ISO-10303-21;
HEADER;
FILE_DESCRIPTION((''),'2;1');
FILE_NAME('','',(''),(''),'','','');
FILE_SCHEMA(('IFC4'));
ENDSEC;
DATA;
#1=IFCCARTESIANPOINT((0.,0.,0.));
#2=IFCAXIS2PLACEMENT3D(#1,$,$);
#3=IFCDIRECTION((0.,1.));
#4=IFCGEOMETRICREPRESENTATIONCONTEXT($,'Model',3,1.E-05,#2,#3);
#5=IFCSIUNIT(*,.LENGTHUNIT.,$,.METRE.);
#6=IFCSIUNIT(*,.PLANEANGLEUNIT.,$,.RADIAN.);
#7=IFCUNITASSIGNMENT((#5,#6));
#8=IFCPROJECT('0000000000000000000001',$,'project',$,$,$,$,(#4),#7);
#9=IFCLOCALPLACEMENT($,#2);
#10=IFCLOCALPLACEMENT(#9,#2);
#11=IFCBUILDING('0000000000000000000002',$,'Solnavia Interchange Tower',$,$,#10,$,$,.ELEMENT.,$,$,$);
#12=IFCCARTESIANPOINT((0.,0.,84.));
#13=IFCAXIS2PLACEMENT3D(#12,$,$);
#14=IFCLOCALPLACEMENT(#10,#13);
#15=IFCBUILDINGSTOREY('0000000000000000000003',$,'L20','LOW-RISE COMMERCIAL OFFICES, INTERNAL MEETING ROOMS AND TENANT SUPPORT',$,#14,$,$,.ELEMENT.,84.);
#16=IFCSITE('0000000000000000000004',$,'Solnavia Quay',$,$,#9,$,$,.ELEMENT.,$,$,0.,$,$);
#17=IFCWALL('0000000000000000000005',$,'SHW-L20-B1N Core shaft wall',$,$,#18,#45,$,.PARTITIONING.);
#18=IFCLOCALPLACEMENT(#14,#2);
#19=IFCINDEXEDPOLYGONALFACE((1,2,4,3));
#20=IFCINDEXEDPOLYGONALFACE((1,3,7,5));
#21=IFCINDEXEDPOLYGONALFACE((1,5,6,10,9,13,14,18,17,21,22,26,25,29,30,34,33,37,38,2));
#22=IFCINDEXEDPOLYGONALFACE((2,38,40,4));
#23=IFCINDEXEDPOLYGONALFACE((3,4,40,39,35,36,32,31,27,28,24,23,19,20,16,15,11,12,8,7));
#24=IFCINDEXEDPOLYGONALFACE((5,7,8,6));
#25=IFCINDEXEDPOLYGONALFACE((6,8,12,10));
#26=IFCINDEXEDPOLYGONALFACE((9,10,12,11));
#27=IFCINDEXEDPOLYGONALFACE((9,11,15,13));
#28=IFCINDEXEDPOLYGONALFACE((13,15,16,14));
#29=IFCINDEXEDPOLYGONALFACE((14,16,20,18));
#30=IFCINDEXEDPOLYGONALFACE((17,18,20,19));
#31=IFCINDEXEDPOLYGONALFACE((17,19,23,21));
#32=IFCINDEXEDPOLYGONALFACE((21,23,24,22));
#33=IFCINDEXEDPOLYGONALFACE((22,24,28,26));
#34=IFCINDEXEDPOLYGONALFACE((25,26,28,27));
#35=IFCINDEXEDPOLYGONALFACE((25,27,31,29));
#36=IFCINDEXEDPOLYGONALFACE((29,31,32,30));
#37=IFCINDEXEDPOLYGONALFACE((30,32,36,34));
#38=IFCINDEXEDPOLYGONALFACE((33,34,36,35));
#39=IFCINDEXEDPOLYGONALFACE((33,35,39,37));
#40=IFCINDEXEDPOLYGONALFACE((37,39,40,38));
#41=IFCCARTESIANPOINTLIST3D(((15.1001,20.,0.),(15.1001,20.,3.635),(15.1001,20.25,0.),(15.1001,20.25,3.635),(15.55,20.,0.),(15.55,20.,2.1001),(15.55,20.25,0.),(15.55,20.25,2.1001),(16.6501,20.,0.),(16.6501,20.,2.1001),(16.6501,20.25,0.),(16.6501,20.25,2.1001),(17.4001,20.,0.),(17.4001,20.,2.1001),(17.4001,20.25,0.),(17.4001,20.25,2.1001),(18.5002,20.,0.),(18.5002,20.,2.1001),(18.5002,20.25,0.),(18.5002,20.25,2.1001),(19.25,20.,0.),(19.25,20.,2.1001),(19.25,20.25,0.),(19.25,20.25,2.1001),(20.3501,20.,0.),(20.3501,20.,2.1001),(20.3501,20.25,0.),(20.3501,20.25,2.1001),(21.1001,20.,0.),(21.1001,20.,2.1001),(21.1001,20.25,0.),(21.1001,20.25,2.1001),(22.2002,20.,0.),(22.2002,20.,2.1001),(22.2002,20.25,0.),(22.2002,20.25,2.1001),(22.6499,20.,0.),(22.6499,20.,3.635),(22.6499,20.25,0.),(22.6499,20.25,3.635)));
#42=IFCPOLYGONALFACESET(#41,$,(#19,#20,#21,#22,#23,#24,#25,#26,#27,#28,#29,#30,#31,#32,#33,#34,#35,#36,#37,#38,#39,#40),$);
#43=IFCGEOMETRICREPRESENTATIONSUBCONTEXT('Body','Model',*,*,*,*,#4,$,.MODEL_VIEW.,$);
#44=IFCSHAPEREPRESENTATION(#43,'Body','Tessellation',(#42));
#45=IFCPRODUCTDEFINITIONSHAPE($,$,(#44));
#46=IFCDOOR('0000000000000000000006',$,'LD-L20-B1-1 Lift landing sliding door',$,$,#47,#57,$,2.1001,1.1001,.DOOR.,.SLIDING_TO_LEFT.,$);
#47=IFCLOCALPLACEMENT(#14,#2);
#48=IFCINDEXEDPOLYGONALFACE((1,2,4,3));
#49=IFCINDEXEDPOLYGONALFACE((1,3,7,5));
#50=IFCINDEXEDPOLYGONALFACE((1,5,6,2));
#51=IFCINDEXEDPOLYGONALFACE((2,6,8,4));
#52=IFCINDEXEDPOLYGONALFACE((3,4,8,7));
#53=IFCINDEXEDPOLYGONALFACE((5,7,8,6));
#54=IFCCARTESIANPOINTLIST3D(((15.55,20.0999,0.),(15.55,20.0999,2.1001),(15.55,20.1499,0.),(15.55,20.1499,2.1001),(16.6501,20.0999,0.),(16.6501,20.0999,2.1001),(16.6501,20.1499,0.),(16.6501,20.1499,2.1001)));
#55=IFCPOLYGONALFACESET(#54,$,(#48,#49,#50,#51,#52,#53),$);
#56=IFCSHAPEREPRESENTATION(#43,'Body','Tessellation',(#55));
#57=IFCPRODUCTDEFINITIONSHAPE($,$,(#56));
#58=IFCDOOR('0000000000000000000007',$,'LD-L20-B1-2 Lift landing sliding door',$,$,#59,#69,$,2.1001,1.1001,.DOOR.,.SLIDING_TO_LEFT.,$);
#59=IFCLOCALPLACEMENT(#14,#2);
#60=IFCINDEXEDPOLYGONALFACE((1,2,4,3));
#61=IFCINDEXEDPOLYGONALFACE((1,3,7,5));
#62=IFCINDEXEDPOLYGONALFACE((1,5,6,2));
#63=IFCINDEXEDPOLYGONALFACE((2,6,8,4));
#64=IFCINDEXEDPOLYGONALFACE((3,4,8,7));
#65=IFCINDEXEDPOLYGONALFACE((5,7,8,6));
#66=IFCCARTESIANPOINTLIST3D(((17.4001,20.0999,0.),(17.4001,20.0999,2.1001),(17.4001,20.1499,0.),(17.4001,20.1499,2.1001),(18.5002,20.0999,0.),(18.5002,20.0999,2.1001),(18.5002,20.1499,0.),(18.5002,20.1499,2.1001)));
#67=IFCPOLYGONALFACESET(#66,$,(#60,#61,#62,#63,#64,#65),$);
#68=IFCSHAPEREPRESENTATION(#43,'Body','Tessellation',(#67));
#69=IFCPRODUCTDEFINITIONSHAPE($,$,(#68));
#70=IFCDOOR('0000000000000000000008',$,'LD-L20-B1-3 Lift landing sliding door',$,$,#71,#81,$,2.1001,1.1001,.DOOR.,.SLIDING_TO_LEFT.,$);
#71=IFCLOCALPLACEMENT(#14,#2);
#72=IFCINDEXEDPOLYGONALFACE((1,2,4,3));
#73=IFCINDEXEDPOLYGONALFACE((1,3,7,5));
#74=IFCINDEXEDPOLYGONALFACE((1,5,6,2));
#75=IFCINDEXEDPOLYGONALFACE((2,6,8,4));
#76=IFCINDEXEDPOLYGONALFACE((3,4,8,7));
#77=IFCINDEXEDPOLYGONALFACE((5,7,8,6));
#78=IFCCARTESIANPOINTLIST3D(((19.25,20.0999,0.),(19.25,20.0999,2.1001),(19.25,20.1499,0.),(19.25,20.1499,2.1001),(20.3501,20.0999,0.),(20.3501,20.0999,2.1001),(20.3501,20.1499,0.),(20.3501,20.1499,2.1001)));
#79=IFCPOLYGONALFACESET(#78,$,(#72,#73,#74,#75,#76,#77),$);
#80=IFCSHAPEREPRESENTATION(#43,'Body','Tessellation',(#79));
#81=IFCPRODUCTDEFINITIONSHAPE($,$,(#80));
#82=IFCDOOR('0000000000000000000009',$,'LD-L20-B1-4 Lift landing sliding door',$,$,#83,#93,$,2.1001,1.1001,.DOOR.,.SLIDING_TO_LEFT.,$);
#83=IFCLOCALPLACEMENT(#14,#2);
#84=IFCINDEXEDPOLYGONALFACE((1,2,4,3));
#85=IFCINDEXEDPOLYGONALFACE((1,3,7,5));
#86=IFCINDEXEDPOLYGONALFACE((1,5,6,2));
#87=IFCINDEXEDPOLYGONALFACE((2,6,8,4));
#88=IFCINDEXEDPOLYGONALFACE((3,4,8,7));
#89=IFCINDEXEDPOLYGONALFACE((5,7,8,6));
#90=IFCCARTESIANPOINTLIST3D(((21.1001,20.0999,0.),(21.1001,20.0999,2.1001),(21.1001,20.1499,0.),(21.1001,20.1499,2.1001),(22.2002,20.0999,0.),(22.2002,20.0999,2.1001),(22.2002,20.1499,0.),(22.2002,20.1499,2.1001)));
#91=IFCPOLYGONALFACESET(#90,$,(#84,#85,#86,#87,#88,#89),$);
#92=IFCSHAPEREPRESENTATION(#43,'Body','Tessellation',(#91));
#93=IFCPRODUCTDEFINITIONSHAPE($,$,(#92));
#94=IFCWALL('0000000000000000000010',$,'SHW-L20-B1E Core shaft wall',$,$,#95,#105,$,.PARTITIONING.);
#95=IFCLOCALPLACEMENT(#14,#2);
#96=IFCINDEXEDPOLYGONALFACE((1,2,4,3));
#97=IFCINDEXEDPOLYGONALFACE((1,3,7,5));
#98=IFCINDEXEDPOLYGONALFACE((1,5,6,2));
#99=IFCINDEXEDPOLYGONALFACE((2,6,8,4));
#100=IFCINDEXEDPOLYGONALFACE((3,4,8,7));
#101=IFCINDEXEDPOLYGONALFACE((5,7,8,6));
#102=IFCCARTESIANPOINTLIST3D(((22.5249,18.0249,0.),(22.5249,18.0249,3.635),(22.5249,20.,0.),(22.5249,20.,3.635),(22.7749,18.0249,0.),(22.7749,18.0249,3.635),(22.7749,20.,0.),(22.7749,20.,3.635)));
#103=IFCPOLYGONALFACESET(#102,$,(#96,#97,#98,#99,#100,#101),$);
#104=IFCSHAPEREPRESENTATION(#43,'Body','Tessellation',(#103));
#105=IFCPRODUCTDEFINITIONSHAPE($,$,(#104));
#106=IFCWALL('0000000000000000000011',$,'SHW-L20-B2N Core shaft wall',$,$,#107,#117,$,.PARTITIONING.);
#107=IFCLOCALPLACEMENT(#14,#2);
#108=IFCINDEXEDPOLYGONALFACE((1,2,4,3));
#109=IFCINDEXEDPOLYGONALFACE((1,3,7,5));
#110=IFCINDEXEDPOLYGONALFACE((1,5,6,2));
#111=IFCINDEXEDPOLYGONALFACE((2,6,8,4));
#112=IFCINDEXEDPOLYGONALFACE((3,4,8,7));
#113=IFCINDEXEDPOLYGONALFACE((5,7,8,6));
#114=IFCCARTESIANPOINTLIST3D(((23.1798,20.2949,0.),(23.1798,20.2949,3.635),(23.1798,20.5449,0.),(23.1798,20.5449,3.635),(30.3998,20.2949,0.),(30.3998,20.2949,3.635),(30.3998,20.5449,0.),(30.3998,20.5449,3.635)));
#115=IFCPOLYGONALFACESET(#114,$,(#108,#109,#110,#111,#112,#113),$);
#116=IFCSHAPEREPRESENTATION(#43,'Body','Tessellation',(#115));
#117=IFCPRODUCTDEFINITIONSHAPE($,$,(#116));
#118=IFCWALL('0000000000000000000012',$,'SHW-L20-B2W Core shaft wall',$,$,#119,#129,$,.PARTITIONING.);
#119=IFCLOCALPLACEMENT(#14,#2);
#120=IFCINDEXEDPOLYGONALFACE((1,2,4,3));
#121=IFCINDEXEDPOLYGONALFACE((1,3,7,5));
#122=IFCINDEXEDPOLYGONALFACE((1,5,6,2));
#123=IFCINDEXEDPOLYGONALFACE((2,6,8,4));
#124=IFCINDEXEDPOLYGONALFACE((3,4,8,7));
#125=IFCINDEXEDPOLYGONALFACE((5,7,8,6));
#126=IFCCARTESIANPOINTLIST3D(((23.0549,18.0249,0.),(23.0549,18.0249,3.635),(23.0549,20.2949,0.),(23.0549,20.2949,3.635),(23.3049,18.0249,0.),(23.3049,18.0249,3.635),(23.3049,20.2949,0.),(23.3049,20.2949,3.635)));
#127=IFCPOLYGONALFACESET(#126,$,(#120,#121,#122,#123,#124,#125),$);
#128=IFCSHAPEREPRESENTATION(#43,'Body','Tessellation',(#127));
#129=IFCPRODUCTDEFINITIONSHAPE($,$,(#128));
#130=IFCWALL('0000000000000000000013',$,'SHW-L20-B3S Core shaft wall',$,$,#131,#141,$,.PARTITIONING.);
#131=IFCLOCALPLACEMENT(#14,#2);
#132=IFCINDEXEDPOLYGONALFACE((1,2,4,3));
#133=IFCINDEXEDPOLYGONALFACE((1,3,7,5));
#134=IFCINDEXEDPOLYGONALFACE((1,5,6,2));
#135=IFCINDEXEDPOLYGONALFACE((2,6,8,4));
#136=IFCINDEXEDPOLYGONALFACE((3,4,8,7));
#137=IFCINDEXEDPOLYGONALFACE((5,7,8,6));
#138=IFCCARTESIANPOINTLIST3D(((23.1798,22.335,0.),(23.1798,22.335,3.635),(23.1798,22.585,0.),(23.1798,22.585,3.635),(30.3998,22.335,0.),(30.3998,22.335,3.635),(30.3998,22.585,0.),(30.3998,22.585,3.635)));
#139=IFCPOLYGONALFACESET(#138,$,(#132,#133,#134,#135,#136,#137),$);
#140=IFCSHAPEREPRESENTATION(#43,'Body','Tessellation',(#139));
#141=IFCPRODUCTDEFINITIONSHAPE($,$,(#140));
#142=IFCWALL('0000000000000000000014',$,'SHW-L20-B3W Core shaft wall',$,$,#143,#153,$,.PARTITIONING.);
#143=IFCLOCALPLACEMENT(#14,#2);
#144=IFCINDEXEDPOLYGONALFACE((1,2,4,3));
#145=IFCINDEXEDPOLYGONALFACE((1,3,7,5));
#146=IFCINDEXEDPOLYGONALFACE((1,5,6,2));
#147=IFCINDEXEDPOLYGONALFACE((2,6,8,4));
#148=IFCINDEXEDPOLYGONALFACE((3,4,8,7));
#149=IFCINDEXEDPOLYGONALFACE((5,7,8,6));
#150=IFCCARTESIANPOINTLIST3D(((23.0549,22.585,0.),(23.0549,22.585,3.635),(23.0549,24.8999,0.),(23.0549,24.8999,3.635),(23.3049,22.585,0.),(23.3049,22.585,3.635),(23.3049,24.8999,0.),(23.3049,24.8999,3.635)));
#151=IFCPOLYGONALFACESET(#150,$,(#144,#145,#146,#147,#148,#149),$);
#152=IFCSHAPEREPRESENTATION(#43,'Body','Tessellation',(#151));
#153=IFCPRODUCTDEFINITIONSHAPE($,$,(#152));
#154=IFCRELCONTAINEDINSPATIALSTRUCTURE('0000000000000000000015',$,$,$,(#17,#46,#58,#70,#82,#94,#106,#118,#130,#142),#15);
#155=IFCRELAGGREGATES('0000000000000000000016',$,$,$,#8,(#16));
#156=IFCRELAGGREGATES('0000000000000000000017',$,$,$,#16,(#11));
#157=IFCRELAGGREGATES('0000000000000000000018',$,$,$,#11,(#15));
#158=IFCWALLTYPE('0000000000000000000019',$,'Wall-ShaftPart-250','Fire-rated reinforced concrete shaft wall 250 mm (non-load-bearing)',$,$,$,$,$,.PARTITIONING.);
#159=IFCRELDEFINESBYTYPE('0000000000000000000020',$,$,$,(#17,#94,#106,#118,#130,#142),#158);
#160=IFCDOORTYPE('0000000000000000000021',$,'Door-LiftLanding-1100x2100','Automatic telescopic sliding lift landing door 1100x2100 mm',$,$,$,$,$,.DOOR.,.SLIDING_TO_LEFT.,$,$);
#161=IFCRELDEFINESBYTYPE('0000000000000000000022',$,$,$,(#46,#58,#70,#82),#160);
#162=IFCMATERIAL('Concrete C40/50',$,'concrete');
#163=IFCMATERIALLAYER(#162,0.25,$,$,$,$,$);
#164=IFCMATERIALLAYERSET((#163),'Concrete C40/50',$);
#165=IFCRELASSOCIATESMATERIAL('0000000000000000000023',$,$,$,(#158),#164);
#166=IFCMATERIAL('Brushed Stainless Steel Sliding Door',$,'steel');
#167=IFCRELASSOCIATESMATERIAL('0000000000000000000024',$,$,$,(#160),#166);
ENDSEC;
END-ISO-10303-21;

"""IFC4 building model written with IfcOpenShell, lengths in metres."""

from ifc_helpers import new_model, si_unit, direction, frame, frame_2d, origin, place, context, subcontext, project, spatial, rectangle, extrude, material, layer, layer_set, type_object, element, fill, save


model = new_model("IFC4")

# Units and contexts
model_context = context("Model", 3, precision=1e-05, world=origin(), true_north=direction((0.0, 1.0)))
body_context = subcontext(model_context, "Body", "Model", "MODEL_VIEW")
ifc_project = project(units=[si_unit("LENGTHUNIT", "METRE"), si_unit("PLANEANGLEUNIT", "RADIAN")], contexts=[model_context])

# Site, building, storey
site_placement = place(None, origin())
site = spatial("IfcSite", under=ifc_project, at=site_placement, Name="Solnavia Quay", CompositionType="ELEMENT", RefElevation=0.0)
building_placement = place(site_placement, origin())
building = spatial("IfcBuilding", under=site, at=building_placement, Name="Solnavia Interchange Tower", CompositionType="ELEMENT")
storey_placement = place(building_placement, frame((0.0, 0.0, 84.0)))
storey = spatial("IfcBuildingStorey", under=building, at=storey_placement, Name="L20", Description="LOW-RISE COMMERCIAL OFFICES, INTERNAL MEETING ROOMS AND TENANT SUPPORT", CompositionType="ELEMENT", Elevation=84.0)

# Shared definitions
ifc_material_1 = material(Name="Concrete C40/50", Category="concrete")

# Shared definitions
ifc_layer_1 = layer(ifc_material_1, 0.25)
ifc_layer_set_1 = layer_set([ifc_layer_1], Name="Concrete C40/50")
wall_type_1 = type_object("IfcWallType", Name="Wall-ShaftPart-250", Description="Fire-rated reinforced concrete shaft wall 250 mm (non-load-bearing)", PredefinedType="PARTITIONING", material=ifc_layer_set_1)
ifc_material_2 = material(Name="Brushed Stainless Steel Sliding Door", Category="steel")
door_type_1 = type_object("IfcDoorType", Name="Door-LiftLanding-1100x2100", Description="Automatic telescopic sliding lift landing door 1100x2100 mm", OperationType="SLIDING_TO_LEFT", PredefinedType="DOOR", material=ifc_material_2)

# Wall, openings, doors
wall_1_placement = place(storey_placement, frame((15.1001, 20.125, 0.0), z_axis=(0.0, 0.0, 1.0), x_axis=(1.0, 0.0, 0.0)))
wall_1 = element("IfcWall", 1, at=wall_1_placement, inside=storey, type_object=wall_type_1, Name="SHW-L20-B1N Core shaft wall", PredefinedType="PARTITIONING", context=body_context, shape_type="SweptSolid", body=[
    extrude(rectangle(XDim=7.5498, YDim=0.25, at=frame_2d((3.7749, 0.0))), origin(), (0.0, 0.0, 1.0), 3.635),
])
opening_1_placement = place(wall_1_placement, frame((0.45, 0.0, 0.0)))
opening_1 = element("IfcOpeningElement", 2, at=opening_1_placement, cuts=wall_1, PredefinedType="OPENING", context=body_context, shape_type="SweptSolid", body=[
    extrude(rectangle(XDim=1.1001, YDim=2.1001, at=frame_2d((0.55, 1.05))), frame((0.0, 0.135, 0.0), z_axis=(0.0, -1.0, 0.0), x_axis=(1.0, 0.0, 0.0)), (0.0, 0.0, 1.0), 0.27),
])
opening_2_placement = place(wall_1_placement, frame((2.3, 0.0, 0.0)))
opening_2 = element("IfcOpeningElement", 3, at=opening_2_placement, cuts=wall_1, PredefinedType="OPENING", context=body_context, shape_type="SweptSolid", body=[
    extrude(rectangle(XDim=1.1001, YDim=2.1001, at=frame_2d((0.55, 1.05))), frame((0.0, 0.135, 0.0), z_axis=(0.0, -1.0, 0.0), x_axis=(1.0, 0.0, 0.0)), (0.0, 0.0, 1.0), 0.27),
])
opening_3_placement = place(wall_1_placement, frame((4.1499, 0.0, 0.0)))
opening_3 = element("IfcOpeningElement", 4, at=opening_3_placement, cuts=wall_1, PredefinedType="OPENING", context=body_context, shape_type="SweptSolid", body=[
    extrude(rectangle(XDim=1.1001, YDim=2.1001, at=frame_2d((0.55, 1.05))), frame((0.0, 0.135, 0.0), z_axis=(0.0, -1.0, 0.0), x_axis=(1.0, 0.0, 0.0)), (0.0, 0.0, 1.0), 0.27),
])
opening_4_placement = place(wall_1_placement, frame((6.0, 0.0, 0.0)))
opening_4 = element("IfcOpeningElement", 5, at=opening_4_placement, cuts=wall_1, PredefinedType="OPENING", context=body_context, shape_type="SweptSolid", body=[
    extrude(rectangle(XDim=1.1001, YDim=2.1001, at=frame_2d((0.55, 1.05))), frame((0.0, 0.135, 0.0), z_axis=(0.0, -1.0, 0.0), x_axis=(1.0, 0.0, 0.0)), (0.0, 0.0, 1.0), 0.27),
])
door_1_placement = place(opening_1_placement, origin())
door_1 = element("IfcDoor", 6, at=door_1_placement, inside=storey, type_object=door_type_1, Name="LD-L20-B1-1 Lift landing sliding door", OperationType="SLIDING_TO_LEFT", OverallHeight=2.1001, OverallWidth=1.1001, PredefinedType="DOOR", context=body_context, shape_type="SweptSolid", body=[
    extrude(rectangle(XDim=1.1001, YDim=2.1001, at=frame_2d((0.55, 1.05))), frame((0.0, 0.0249, 0.0), z_axis=(0.0, -1.0, 0.0), x_axis=(1.0, 0.0, 0.0)), (0.0, 0.0, 1.0), 0.05),
])
fill(opening_1, door_1)
door_2_placement = place(opening_2_placement, origin())
door_2 = element("IfcDoor", 7, at=door_2_placement, inside=storey, type_object=door_type_1, Name="LD-L20-B1-2 Lift landing sliding door", OperationType="SLIDING_TO_LEFT", OverallHeight=2.1001, OverallWidth=1.1001, PredefinedType="DOOR", context=body_context, shape_type="SweptSolid", body=[
    extrude(rectangle(XDim=1.1001, YDim=2.1001, at=frame_2d((0.55, 1.05))), frame((0.0, 0.0249, 0.0), z_axis=(0.0, -1.0, 0.0), x_axis=(1.0, 0.0, 0.0)), (0.0, 0.0, 1.0), 0.05),
])
fill(opening_2, door_2)
door_3_placement = place(opening_3_placement, origin())
door_3 = element("IfcDoor", 8, at=door_3_placement, inside=storey, type_object=door_type_1, Name="LD-L20-B1-3 Lift landing sliding door", OperationType="SLIDING_TO_LEFT", OverallHeight=2.1001, OverallWidth=1.1001, PredefinedType="DOOR", context=body_context, shape_type="SweptSolid", body=[
    extrude(rectangle(XDim=1.1001, YDim=2.1001, at=frame_2d((0.55, 1.05))), frame((0.0, 0.0249, 0.0), z_axis=(0.0, -1.0, 0.0), x_axis=(1.0, 0.0, 0.0)), (0.0, 0.0, 1.0), 0.05),
])
fill(opening_3, door_3)
door_4_placement = place(opening_4_placement, origin())
door_4 = element("IfcDoor", 9, at=door_4_placement, inside=storey, type_object=door_type_1, Name="LD-L20-B1-4 Lift landing sliding door", OperationType="SLIDING_TO_LEFT", OverallHeight=2.1001, OverallWidth=1.1001, PredefinedType="DOOR", context=body_context, shape_type="SweptSolid", body=[
    extrude(rectangle(XDim=1.1001, YDim=2.1001, at=frame_2d((0.55, 1.05))), frame((0.0, 0.0249, 0.0), z_axis=(0.0, -1.0, 0.0), x_axis=(1.0, 0.0, 0.0)), (0.0, 0.0, 1.0), 0.05),
])
fill(opening_4, door_4)

# Walls
wall_2_placement = place(storey_placement, frame((22.6499, 18.0249, 0.0), z_axis=(0.0, 0.0, 1.0), x_axis=(0.0, 1.0, 0.0)))
element("IfcWall", 10, at=wall_2_placement, inside=storey, type_object=wall_type_1, Name="SHW-L20-B1E Core shaft wall", PredefinedType="PARTITIONING", context=body_context, shape_type="SweptSolid", body=[
    extrude(rectangle(XDim=1.9751, YDim=0.25, at=frame_2d((0.9875, 0.0))), origin(), (0.0, 0.0, 1.0), 3.635),
])
wall_3_placement = place(storey_placement, frame((23.1799, 20.4199, 0.0), z_axis=(0.0, 0.0, 1.0), x_axis=(1.0, 0.0, 0.0)))
element("IfcWall", 11, at=wall_3_placement, inside=storey, type_object=wall_type_1, Name="SHW-L20-B2N Core shaft wall", PredefinedType="PARTITIONING", context=body_context, shape_type="SweptSolid", body=[
    extrude(rectangle(XDim=7.22, YDim=0.25, at=frame_2d((3.6099, 0.0))), origin(), (0.0, 0.0, 1.0), 3.635),
])
wall_4_placement = place(storey_placement, frame((23.1799, 18.0249, 0.0), z_axis=(0.0, 0.0, 1.0), x_axis=(0.0, 1.0, 0.0)))
element("IfcWall", 12, at=wall_4_placement, inside=storey, type_object=wall_type_1, Name="SHW-L20-B2W Core shaft wall", PredefinedType="PARTITIONING", context=body_context, shape_type="SweptSolid", body=[
    extrude(rectangle(XDim=2.27, YDim=0.25, at=frame_2d((1.135, 0.0))), origin(), (0.0, 0.0, 1.0), 3.635),
])
wall_5_placement = place(storey_placement, frame((23.1799, 22.46, 0.0), z_axis=(0.0, 0.0, 1.0), x_axis=(1.0, 0.0, 0.0)))
element("IfcWall", 13, at=wall_5_placement, inside=storey, type_object=wall_type_1, Name="SHW-L20-B3S Core shaft wall", PredefinedType="PARTITIONING", context=body_context, shape_type="SweptSolid", body=[
    extrude(rectangle(XDim=7.22, YDim=0.25, at=frame_2d((3.6099, 0.0))), origin(), (0.0, 0.0, 1.0), 3.635),
])
wall_6_placement = place(storey_placement, frame((23.1799, 22.585, 0.0), z_axis=(0.0, 0.0, 1.0), x_axis=(0.0, 1.0, 0.0)))
element("IfcWall", 14, at=wall_6_placement, inside=storey, type_object=wall_type_1, Name="SHW-L20-B3W Core shaft wall", PredefinedType="PARTITIONING", context=body_context, shape_type="SweptSolid", body=[
    extrude(rectangle(XDim=2.3149, YDim=0.25, at=frame_2d((1.1575, 0.0))), origin(), (0.0, 0.0, 1.0), 3.635),
])

save(model, "model.ifc")
